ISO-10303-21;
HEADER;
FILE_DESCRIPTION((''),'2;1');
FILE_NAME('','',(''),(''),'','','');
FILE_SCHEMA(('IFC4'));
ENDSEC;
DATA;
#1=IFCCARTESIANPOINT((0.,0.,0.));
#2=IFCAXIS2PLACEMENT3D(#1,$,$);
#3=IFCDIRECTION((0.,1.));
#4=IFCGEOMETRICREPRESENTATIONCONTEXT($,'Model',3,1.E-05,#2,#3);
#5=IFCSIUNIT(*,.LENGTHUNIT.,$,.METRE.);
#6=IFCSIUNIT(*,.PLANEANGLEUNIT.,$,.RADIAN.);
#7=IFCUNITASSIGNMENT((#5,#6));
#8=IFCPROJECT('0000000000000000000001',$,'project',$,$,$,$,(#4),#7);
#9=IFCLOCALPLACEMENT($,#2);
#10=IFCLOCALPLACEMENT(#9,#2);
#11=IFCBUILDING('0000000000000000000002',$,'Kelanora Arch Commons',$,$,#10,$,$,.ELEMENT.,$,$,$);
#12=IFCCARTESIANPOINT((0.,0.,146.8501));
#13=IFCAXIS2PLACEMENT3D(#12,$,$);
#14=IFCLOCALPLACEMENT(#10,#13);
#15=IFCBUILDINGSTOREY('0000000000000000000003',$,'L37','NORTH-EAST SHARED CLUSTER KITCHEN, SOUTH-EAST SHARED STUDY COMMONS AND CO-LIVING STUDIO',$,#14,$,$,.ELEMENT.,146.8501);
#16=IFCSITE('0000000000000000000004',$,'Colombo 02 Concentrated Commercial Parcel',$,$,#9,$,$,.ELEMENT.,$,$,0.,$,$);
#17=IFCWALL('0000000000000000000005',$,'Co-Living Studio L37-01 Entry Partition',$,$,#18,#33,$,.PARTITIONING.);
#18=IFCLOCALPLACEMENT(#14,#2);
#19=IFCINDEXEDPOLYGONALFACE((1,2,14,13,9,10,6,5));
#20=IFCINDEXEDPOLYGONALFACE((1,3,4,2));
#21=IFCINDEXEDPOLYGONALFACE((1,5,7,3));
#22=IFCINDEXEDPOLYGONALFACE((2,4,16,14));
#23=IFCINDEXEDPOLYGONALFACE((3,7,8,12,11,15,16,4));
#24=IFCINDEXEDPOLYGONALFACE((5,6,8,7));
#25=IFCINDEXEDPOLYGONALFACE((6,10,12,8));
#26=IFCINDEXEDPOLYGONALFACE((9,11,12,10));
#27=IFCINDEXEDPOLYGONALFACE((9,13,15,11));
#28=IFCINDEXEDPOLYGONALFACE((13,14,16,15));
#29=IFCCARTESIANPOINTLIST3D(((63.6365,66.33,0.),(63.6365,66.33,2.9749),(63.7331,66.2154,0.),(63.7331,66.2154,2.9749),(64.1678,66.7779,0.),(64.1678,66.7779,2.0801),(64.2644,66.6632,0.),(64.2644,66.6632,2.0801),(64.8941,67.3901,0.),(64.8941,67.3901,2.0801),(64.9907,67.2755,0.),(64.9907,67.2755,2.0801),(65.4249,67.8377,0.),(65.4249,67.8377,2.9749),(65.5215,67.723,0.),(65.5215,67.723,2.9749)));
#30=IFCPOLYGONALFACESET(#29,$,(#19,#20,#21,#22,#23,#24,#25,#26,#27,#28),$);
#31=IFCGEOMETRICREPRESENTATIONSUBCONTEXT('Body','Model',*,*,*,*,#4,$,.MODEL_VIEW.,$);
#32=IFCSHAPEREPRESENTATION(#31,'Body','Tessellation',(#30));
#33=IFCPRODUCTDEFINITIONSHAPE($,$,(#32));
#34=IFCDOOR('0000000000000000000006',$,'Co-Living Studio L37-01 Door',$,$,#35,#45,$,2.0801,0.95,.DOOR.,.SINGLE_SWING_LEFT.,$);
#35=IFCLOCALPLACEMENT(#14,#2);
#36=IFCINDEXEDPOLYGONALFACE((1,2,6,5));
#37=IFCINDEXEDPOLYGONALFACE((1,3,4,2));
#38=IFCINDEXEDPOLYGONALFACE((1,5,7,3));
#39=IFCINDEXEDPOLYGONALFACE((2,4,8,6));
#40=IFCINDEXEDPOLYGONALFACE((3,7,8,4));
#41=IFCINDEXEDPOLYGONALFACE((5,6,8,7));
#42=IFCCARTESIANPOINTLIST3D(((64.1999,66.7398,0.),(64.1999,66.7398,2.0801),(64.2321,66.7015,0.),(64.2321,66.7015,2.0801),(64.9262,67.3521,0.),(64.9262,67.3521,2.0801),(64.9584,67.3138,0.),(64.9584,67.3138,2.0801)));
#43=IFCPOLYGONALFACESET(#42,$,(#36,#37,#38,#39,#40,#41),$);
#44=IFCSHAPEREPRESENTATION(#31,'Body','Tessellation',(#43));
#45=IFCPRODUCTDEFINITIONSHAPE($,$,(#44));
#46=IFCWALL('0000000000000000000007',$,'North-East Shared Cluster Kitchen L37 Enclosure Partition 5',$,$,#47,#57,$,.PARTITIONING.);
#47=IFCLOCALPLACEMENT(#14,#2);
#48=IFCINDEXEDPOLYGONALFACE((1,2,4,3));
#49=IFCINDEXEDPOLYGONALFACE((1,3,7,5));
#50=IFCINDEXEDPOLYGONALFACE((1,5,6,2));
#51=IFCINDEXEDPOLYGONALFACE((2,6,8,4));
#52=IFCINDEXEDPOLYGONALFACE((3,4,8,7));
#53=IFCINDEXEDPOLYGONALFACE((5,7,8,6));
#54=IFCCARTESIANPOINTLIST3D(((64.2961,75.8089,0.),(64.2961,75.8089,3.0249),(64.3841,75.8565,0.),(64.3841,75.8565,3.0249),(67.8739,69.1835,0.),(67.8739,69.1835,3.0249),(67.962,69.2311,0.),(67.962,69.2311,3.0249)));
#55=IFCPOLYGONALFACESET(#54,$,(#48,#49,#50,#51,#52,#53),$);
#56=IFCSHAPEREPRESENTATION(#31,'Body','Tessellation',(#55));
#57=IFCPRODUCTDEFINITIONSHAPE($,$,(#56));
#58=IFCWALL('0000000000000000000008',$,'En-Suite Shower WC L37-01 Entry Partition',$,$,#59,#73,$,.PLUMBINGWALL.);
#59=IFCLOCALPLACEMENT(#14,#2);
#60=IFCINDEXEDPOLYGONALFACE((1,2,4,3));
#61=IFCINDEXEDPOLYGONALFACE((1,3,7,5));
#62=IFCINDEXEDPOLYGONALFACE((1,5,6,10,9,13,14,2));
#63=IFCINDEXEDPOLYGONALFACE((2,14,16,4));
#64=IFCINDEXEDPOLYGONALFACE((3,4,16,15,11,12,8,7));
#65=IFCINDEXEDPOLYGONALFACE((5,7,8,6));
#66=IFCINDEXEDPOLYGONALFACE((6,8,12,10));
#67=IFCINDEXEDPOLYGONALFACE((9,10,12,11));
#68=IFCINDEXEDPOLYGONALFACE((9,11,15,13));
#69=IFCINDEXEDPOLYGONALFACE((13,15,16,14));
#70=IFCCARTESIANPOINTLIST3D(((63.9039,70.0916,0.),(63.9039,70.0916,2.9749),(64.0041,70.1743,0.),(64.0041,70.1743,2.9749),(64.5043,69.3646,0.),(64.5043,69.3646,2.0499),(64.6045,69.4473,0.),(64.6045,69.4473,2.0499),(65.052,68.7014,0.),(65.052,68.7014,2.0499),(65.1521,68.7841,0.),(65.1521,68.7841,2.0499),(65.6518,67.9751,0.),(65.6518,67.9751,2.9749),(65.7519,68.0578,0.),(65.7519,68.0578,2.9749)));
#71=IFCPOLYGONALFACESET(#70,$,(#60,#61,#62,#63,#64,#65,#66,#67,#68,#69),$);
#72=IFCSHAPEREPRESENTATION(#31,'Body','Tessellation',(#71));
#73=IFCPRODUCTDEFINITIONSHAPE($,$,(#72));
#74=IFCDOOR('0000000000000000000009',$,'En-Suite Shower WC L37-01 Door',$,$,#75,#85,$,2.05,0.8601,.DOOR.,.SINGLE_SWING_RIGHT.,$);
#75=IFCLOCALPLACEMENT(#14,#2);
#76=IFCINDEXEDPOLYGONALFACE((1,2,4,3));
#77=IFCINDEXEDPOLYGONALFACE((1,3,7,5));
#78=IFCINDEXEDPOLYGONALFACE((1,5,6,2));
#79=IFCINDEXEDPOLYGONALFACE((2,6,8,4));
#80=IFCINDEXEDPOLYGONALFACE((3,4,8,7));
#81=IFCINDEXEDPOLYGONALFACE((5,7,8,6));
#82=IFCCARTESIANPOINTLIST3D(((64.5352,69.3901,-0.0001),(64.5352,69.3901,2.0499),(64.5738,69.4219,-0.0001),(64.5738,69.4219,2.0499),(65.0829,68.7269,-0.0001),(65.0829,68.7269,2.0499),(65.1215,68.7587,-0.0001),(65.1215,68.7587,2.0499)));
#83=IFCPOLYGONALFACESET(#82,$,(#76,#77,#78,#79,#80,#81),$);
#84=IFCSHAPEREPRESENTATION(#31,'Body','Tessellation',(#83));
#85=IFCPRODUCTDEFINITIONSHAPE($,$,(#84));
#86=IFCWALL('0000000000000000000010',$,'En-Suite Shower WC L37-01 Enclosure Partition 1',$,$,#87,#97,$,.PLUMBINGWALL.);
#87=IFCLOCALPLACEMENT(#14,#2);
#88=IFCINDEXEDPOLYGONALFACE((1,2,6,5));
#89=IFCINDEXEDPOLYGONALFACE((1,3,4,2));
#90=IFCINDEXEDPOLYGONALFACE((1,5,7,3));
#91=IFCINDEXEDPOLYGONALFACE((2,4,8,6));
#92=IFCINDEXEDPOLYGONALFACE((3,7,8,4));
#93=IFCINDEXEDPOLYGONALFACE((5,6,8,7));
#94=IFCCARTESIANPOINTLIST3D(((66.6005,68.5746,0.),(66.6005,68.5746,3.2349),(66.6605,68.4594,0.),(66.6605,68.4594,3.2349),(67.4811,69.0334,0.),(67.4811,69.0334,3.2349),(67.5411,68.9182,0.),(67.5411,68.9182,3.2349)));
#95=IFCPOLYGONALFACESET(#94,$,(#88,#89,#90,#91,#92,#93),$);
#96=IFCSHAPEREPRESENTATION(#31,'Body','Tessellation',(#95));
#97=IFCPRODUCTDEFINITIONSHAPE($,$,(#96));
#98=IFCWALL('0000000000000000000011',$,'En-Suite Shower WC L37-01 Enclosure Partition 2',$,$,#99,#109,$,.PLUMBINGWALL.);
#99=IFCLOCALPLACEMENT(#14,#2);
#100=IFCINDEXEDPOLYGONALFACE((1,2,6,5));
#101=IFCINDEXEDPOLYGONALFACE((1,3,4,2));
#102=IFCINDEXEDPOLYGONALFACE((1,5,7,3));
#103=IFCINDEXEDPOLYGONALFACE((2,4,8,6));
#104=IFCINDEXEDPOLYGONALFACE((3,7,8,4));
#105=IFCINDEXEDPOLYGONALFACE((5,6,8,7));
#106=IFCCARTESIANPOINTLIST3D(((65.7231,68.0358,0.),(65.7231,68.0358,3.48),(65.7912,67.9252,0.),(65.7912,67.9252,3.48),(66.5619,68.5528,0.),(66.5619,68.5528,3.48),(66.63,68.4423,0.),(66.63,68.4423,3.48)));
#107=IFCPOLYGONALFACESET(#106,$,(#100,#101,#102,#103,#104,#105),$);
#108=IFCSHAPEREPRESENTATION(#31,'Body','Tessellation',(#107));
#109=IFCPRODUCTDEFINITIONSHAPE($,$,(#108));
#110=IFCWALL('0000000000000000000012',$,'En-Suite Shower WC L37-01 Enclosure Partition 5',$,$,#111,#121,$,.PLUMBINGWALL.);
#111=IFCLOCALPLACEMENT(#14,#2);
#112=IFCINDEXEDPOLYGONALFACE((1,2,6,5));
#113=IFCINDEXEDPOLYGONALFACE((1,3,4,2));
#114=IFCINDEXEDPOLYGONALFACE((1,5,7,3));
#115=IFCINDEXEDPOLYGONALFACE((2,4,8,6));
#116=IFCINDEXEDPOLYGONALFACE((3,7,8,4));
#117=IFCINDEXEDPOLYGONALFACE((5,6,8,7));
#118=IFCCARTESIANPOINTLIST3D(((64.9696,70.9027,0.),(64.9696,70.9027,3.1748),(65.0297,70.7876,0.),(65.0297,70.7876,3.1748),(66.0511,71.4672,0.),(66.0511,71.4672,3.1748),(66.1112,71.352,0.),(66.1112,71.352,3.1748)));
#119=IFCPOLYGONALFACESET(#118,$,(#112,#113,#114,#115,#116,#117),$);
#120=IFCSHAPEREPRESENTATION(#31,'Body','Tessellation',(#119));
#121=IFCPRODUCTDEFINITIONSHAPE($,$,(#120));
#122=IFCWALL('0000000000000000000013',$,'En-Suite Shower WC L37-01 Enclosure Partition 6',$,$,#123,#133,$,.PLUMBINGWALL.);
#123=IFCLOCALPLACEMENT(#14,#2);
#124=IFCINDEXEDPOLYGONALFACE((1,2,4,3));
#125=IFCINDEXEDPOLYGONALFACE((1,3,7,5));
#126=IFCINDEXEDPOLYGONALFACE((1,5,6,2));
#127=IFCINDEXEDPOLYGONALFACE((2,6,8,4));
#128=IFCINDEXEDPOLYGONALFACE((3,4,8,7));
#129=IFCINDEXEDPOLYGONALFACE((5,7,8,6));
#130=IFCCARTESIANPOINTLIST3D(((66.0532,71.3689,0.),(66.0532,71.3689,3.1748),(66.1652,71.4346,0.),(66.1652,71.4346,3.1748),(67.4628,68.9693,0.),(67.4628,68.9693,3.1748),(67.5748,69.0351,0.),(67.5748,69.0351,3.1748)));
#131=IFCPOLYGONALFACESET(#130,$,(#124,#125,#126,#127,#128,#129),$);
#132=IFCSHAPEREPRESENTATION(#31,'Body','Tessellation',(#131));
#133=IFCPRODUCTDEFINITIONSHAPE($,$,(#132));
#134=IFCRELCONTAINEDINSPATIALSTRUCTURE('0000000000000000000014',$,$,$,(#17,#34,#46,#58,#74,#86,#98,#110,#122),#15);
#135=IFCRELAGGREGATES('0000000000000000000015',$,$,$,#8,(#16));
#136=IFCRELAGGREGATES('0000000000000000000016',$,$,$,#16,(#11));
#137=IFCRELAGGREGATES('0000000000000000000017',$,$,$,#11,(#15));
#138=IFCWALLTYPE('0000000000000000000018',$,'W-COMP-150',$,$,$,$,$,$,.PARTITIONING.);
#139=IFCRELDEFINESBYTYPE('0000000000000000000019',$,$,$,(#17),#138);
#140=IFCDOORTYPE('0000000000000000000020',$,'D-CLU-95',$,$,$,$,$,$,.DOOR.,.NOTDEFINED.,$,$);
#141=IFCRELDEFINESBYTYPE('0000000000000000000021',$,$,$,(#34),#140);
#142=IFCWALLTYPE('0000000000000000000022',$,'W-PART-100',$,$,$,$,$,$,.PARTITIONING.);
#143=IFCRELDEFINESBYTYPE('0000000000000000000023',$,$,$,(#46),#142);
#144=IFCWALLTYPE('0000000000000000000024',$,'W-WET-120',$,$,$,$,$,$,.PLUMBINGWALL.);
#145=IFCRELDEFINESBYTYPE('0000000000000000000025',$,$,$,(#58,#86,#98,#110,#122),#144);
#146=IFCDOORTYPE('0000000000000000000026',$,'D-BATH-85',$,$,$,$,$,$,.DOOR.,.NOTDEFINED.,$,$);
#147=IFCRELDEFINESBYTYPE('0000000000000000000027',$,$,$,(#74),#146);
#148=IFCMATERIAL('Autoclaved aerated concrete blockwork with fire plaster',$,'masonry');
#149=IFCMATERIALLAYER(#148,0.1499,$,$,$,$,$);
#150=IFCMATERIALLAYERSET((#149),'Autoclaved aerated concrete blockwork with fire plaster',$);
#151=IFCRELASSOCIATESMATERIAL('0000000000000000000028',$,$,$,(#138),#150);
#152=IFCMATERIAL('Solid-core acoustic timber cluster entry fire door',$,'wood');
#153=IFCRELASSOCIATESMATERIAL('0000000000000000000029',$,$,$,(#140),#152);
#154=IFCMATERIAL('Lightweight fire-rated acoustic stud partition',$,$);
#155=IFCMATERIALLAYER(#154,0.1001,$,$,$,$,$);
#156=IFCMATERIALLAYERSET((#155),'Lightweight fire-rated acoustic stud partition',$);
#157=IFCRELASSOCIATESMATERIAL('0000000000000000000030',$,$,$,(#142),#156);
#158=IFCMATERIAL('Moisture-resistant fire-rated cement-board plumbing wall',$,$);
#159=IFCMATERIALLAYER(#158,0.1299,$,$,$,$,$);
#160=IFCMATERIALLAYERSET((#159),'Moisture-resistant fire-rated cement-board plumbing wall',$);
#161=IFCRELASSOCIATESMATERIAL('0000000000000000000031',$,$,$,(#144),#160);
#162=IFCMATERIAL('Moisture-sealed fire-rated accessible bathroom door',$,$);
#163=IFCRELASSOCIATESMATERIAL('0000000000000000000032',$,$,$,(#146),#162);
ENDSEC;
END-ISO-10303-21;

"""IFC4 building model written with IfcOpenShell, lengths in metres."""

from ifc_helpers import new_model, si_unit, direction, frame, frame_2d, origin, place, context, subcontext, project, spatial, rectangle, extrude, material, layer, layer_set, type_object, element, fill, save


model = new_model("IFC4")

# Units and contexts
model_context = context("Model", 3, precision=1e-05, world=origin(), true_north=direction((0.0, 1.0)))
body_context = subcontext(model_context, "Body", "Model", "MODEL_VIEW")
ifc_project = project(units=[si_unit("LENGTHUNIT", "METRE"), si_unit("PLANEANGLEUNIT", "RADIAN")], contexts=[model_context])

# Site, building, storey
site_placement = place(None, origin())
site = spatial("IfcSite", under=ifc_project, at=site_placement, Name="Colombo 02 Concentrated Commercial Parcel", CompositionType="ELEMENT", RefElevation=0.0)
building_placement = place(site_placement, origin())
building = spatial("IfcBuilding", under=site, at=building_placement, Name="Kelanora Arch Commons", CompositionType="ELEMENT")
storey_placement = place(building_placement, frame((0.0, 0.0, 146.8501)))
storey = spatial("IfcBuildingStorey", under=building, at=storey_placement, Name="L37", Description="NORTH-EAST SHARED CLUSTER KITCHEN, SOUTH-EAST SHARED STUDY COMMONS AND CO-LIVING STUDIO", CompositionType="ELEMENT", Elevation=146.8501)

# Wall, opening, door
ifc_material_1 = material(Name="Autoclaved aerated concrete blockwork with fire plaster", Category="masonry")
ifc_layer_1 = layer(ifc_material_1, 0.1499)
ifc_layer_set_1 = layer_set([ifc_layer_1], Name="Autoclaved aerated concrete blockwork with fire plaster")
wall_type_1 = type_object("IfcWallType", Name="W-COMP-150", PredefinedType="PARTITIONING", material=ifc_layer_set_1)
wall_1_placement = place(storey_placement, frame((65.4731, 67.7803, 0.0), z_axis=(0.0, 0.0, 1.0), x_axis=(-0.764573, -0.644537, 0.0)))
wall_1 = element("IfcWall", 1, at=wall_1_placement, inside=storey, type_object=wall_type_1, Name="Co-Living Studio L37-01 Entry Partition", PredefinedType="PARTITIONING", context=body_context, shape_type="SweptSolid", body=[
    extrude(rectangle(XDim=2.3391, YDim=0.1499, at=frame_2d((1.1694, 0.0))), origin(), (0.0, 0.0, 1.0), 2.9749),
])
opening_1_placement = place(wall_1_placement, frame((0.6941, 0.0, 0.0)))
opening_1 = element("IfcOpeningElement", 2, at=opening_1_placement, cuts=wall_1, PredefinedType="OPENING", context=body_context, shape_type="SweptSolid", body=[
    extrude(rectangle(XDim=0.95, YDim=2.0801, at=frame_2d((0.4751, 1.04))), frame((0.0, 0.085, 0.0), z_axis=(0.0, -1.0, 0.0), x_axis=(1.0, 0.0, 0.0)), (0.0, 0.0, 1.0), 0.1699),
])
ifc_material_2 = material(Name="Solid-core acoustic timber cluster entry fire door", Category="wood")
door_type_1 = type_object("IfcDoorType", Name="D-CLU-95", OperationType="NOTDEFINED", PredefinedType="DOOR", material=ifc_material_2)
door_1_placement = place(opening_1_placement, origin())
door_1 = element("IfcDoor", 3, at=door_1_placement, inside=storey, type_object=door_type_1, Name="Co-Living Studio L37-01 Door", OperationType="SINGLE_SWING_LEFT", OverallHeight=2.0801, OverallWidth=0.95, PredefinedType="DOOR", context=body_context, shape_type="SweptSolid", body=[
    extrude(rectangle(XDim=0.95, YDim=2.0801, at=frame_2d((0.4751, 1.04))), frame((0.0, 0.0249, 0.0), z_axis=(0.0, -1.0, 0.0), x_axis=(1.0, 0.0, 0.0)), (0.0, 0.0, 1.0), 0.05),
])
fill(opening_1, door_1)

# Wall
ifc_material_3 = material(Name="Lightweight fire-rated acoustic stud partition")
ifc_layer_2 = layer(ifc_material_3, 0.1001)
ifc_layer_set_2 = layer_set([ifc_layer_2], Name="Lightweight fire-rated acoustic stud partition")
wall_type_2 = type_object("IfcWallType", Name="W-PART-100", PredefinedType="PARTITIONING", material=ifc_layer_set_2)
wall_2_placement = place(storey_placement, frame((67.918, 69.2073, 0.0), z_axis=(0.0, 0.0, 1.0), x_axis=(-0.475161, 0.879899, 0.0)))
element("IfcWall", 4, at=wall_2_placement, inside=storey, type_object=wall_type_2, Name="North-East Shared Cluster Kitchen L37 Enclosure Partition 5", PredefinedType="PARTITIONING", context=body_context, shape_type="SweptSolid", body=[
    extrude(rectangle(XDim=7.5298, YDim=0.1001, at=frame_2d((3.7649, 0.0))), origin(), (0.0, 0.0, 1.0), 3.0249),
])

# Wall, opening, door
ifc_material_4 = material(Name="Moisture-resistant fire-rated cement-board plumbing wall")
ifc_layer_3 = layer(ifc_material_4, 0.1299)
ifc_layer_set_3 = layer_set([ifc_layer_3], Name="Moisture-resistant fire-rated cement-board plumbing wall")
wall_type_3 = type_object("IfcWallType", Name="W-WET-120", PredefinedType="PLUMBINGWALL", material=ifc_layer_set_3)
wall_3_placement = place(storey_placement, frame((65.7019, 68.0164, 0.0), z_axis=(0.0, 0.0, 1.0), x_axis=(-0.636757, 0.771064, 0.0)))
wall_3 = element("IfcWall", 5, at=wall_3_placement, inside=storey, type_object=wall_type_3, Name="En-Suite Shower WC L37-01 Entry Partition", PredefinedType="PLUMBINGWALL", context=body_context, shape_type="SweptSolid", body=[
    extrude(rectangle(XDim=2.7449, YDim=0.1299, at=frame_2d((1.3726, 0.0))), origin(), (0.0, 0.0, 1.0), 2.9749),
])
opening_2_placement = place(wall_3_placement, frame((0.9419, 0.0, 0.0)))
opening_2 = element("IfcOpeningElement", 6, at=opening_2_placement, cuts=wall_3, PredefinedType="OPENING", context=body_context, shape_type="SweptSolid", body=[
    extrude(rectangle(XDim=0.8601, YDim=2.05, at=frame_2d((0.4302, 1.0249))), frame((0.0, 0.075, 0.0), z_axis=(0.0, -1.0, 0.0), x_axis=(1.0, 0.0, 0.0)), (0.0, 0.0, 1.0), 0.1499),
])
ifc_material_5 = material(Name="Moisture-sealed fire-rated accessible bathroom door")
door_type_2 = type_object("IfcDoorType", Name="D-BATH-85", OperationType="NOTDEFINED", PredefinedType="DOOR", material=ifc_material_5)
door_2_placement = place(opening_2_placement, origin())
door_2 = element("IfcDoor", 7, at=door_2_placement, inside=storey, type_object=door_type_2, Name="En-Suite Shower WC L37-01 Door", OperationType="SINGLE_SWING_RIGHT", OverallHeight=2.05, OverallWidth=0.8601, PredefinedType="DOOR", context=body_context, shape_type="SweptSolid", body=[
    extrude(rectangle(XDim=0.8601, YDim=2.05, at=frame_2d((0.4302, 1.0249))), frame((0.0, 0.0249, 0.0), z_axis=(0.0, -1.0, 0.0), x_axis=(1.0, 0.0, 0.0)), (0.0, 0.0, 1.0), 0.05),
])
fill(opening_2, door_2)

# Walls
wall_4_placement = place(storey_placement, frame((67.5112, 68.9758, 0.0), z_axis=(0.0, 0.0, 1.0), x_axis=(-0.886878, -0.462003, 0.0)))
element("IfcWall", 8, at=wall_4_placement, inside=storey, type_object=wall_type_3, Name="En-Suite Shower WC L37-01 Enclosure Partition 1", PredefinedType="PLUMBINGWALL", context=body_context, shape_type="SweptSolid", body=[
    extrude(rectangle(XDim=0.9929, YDim=0.1299, at=frame_2d((0.4966, 0.0))), origin(), (0.0, 0.0, 1.0), 3.2349),
])
wall_5_placement = place(storey_placement, frame((66.5959, 68.4976, 0.0), z_axis=(0.0, 0.0, 1.0), x_axis=(-0.851267, -0.524733, 0.0)))
element("IfcWall", 9, at=wall_5_placement, inside=storey, type_object=wall_type_3, Name="En-Suite Shower WC L37-01 Enclosure Partition 2", PredefinedType="PLUMBINGWALL", context=body_context, shape_type="SweptSolid", body=[
    extrude(rectangle(XDim=0.9854, YDim=0.1299, at=frame_2d((0.4927, 0.0))), origin(), (0.0, 0.0, 1.0), 3.48),
])
wall_6_placement = place(storey_placement, frame((64.9998, 70.8452, 0.0), z_axis=(0.0, 0.0, 1.0), x_axis=(0.886528, 0.462675, 0.0)))
element("IfcWall", 10, at=wall_6_placement, inside=storey, type_object=wall_type_3, Name="En-Suite Shower WC L37-01 Enclosure Partition 5", PredefinedType="PLUMBINGWALL", context=body_context, shape_type="SweptSolid", body=[
    extrude(rectangle(XDim=1.22, YDim=0.1299, at=frame_2d((0.6099, 0.0))), origin(), (0.0, 0.0, 1.0), 3.1748),
])
wall_7_placement = place(storey_placement, frame((66.1091, 71.4019, 0.0), z_axis=(0.0, 0.0, 1.0), x_axis=(0.506514, -0.862232, 0.0)))
element("IfcWall", 11, at=wall_7_placement, inside=storey, type_object=wall_type_3, Name="En-Suite Shower WC L37-01 Enclosure Partition 6", PredefinedType="PLUMBINGWALL", context=body_context, shape_type="SweptSolid", body=[
    extrude(rectangle(XDim=2.783, YDim=0.1299, at=frame_2d((1.3916, 0.0))), origin(), (0.0, 0.0, 1.0), 3.1748),
])

save(model, "model.ifc")
